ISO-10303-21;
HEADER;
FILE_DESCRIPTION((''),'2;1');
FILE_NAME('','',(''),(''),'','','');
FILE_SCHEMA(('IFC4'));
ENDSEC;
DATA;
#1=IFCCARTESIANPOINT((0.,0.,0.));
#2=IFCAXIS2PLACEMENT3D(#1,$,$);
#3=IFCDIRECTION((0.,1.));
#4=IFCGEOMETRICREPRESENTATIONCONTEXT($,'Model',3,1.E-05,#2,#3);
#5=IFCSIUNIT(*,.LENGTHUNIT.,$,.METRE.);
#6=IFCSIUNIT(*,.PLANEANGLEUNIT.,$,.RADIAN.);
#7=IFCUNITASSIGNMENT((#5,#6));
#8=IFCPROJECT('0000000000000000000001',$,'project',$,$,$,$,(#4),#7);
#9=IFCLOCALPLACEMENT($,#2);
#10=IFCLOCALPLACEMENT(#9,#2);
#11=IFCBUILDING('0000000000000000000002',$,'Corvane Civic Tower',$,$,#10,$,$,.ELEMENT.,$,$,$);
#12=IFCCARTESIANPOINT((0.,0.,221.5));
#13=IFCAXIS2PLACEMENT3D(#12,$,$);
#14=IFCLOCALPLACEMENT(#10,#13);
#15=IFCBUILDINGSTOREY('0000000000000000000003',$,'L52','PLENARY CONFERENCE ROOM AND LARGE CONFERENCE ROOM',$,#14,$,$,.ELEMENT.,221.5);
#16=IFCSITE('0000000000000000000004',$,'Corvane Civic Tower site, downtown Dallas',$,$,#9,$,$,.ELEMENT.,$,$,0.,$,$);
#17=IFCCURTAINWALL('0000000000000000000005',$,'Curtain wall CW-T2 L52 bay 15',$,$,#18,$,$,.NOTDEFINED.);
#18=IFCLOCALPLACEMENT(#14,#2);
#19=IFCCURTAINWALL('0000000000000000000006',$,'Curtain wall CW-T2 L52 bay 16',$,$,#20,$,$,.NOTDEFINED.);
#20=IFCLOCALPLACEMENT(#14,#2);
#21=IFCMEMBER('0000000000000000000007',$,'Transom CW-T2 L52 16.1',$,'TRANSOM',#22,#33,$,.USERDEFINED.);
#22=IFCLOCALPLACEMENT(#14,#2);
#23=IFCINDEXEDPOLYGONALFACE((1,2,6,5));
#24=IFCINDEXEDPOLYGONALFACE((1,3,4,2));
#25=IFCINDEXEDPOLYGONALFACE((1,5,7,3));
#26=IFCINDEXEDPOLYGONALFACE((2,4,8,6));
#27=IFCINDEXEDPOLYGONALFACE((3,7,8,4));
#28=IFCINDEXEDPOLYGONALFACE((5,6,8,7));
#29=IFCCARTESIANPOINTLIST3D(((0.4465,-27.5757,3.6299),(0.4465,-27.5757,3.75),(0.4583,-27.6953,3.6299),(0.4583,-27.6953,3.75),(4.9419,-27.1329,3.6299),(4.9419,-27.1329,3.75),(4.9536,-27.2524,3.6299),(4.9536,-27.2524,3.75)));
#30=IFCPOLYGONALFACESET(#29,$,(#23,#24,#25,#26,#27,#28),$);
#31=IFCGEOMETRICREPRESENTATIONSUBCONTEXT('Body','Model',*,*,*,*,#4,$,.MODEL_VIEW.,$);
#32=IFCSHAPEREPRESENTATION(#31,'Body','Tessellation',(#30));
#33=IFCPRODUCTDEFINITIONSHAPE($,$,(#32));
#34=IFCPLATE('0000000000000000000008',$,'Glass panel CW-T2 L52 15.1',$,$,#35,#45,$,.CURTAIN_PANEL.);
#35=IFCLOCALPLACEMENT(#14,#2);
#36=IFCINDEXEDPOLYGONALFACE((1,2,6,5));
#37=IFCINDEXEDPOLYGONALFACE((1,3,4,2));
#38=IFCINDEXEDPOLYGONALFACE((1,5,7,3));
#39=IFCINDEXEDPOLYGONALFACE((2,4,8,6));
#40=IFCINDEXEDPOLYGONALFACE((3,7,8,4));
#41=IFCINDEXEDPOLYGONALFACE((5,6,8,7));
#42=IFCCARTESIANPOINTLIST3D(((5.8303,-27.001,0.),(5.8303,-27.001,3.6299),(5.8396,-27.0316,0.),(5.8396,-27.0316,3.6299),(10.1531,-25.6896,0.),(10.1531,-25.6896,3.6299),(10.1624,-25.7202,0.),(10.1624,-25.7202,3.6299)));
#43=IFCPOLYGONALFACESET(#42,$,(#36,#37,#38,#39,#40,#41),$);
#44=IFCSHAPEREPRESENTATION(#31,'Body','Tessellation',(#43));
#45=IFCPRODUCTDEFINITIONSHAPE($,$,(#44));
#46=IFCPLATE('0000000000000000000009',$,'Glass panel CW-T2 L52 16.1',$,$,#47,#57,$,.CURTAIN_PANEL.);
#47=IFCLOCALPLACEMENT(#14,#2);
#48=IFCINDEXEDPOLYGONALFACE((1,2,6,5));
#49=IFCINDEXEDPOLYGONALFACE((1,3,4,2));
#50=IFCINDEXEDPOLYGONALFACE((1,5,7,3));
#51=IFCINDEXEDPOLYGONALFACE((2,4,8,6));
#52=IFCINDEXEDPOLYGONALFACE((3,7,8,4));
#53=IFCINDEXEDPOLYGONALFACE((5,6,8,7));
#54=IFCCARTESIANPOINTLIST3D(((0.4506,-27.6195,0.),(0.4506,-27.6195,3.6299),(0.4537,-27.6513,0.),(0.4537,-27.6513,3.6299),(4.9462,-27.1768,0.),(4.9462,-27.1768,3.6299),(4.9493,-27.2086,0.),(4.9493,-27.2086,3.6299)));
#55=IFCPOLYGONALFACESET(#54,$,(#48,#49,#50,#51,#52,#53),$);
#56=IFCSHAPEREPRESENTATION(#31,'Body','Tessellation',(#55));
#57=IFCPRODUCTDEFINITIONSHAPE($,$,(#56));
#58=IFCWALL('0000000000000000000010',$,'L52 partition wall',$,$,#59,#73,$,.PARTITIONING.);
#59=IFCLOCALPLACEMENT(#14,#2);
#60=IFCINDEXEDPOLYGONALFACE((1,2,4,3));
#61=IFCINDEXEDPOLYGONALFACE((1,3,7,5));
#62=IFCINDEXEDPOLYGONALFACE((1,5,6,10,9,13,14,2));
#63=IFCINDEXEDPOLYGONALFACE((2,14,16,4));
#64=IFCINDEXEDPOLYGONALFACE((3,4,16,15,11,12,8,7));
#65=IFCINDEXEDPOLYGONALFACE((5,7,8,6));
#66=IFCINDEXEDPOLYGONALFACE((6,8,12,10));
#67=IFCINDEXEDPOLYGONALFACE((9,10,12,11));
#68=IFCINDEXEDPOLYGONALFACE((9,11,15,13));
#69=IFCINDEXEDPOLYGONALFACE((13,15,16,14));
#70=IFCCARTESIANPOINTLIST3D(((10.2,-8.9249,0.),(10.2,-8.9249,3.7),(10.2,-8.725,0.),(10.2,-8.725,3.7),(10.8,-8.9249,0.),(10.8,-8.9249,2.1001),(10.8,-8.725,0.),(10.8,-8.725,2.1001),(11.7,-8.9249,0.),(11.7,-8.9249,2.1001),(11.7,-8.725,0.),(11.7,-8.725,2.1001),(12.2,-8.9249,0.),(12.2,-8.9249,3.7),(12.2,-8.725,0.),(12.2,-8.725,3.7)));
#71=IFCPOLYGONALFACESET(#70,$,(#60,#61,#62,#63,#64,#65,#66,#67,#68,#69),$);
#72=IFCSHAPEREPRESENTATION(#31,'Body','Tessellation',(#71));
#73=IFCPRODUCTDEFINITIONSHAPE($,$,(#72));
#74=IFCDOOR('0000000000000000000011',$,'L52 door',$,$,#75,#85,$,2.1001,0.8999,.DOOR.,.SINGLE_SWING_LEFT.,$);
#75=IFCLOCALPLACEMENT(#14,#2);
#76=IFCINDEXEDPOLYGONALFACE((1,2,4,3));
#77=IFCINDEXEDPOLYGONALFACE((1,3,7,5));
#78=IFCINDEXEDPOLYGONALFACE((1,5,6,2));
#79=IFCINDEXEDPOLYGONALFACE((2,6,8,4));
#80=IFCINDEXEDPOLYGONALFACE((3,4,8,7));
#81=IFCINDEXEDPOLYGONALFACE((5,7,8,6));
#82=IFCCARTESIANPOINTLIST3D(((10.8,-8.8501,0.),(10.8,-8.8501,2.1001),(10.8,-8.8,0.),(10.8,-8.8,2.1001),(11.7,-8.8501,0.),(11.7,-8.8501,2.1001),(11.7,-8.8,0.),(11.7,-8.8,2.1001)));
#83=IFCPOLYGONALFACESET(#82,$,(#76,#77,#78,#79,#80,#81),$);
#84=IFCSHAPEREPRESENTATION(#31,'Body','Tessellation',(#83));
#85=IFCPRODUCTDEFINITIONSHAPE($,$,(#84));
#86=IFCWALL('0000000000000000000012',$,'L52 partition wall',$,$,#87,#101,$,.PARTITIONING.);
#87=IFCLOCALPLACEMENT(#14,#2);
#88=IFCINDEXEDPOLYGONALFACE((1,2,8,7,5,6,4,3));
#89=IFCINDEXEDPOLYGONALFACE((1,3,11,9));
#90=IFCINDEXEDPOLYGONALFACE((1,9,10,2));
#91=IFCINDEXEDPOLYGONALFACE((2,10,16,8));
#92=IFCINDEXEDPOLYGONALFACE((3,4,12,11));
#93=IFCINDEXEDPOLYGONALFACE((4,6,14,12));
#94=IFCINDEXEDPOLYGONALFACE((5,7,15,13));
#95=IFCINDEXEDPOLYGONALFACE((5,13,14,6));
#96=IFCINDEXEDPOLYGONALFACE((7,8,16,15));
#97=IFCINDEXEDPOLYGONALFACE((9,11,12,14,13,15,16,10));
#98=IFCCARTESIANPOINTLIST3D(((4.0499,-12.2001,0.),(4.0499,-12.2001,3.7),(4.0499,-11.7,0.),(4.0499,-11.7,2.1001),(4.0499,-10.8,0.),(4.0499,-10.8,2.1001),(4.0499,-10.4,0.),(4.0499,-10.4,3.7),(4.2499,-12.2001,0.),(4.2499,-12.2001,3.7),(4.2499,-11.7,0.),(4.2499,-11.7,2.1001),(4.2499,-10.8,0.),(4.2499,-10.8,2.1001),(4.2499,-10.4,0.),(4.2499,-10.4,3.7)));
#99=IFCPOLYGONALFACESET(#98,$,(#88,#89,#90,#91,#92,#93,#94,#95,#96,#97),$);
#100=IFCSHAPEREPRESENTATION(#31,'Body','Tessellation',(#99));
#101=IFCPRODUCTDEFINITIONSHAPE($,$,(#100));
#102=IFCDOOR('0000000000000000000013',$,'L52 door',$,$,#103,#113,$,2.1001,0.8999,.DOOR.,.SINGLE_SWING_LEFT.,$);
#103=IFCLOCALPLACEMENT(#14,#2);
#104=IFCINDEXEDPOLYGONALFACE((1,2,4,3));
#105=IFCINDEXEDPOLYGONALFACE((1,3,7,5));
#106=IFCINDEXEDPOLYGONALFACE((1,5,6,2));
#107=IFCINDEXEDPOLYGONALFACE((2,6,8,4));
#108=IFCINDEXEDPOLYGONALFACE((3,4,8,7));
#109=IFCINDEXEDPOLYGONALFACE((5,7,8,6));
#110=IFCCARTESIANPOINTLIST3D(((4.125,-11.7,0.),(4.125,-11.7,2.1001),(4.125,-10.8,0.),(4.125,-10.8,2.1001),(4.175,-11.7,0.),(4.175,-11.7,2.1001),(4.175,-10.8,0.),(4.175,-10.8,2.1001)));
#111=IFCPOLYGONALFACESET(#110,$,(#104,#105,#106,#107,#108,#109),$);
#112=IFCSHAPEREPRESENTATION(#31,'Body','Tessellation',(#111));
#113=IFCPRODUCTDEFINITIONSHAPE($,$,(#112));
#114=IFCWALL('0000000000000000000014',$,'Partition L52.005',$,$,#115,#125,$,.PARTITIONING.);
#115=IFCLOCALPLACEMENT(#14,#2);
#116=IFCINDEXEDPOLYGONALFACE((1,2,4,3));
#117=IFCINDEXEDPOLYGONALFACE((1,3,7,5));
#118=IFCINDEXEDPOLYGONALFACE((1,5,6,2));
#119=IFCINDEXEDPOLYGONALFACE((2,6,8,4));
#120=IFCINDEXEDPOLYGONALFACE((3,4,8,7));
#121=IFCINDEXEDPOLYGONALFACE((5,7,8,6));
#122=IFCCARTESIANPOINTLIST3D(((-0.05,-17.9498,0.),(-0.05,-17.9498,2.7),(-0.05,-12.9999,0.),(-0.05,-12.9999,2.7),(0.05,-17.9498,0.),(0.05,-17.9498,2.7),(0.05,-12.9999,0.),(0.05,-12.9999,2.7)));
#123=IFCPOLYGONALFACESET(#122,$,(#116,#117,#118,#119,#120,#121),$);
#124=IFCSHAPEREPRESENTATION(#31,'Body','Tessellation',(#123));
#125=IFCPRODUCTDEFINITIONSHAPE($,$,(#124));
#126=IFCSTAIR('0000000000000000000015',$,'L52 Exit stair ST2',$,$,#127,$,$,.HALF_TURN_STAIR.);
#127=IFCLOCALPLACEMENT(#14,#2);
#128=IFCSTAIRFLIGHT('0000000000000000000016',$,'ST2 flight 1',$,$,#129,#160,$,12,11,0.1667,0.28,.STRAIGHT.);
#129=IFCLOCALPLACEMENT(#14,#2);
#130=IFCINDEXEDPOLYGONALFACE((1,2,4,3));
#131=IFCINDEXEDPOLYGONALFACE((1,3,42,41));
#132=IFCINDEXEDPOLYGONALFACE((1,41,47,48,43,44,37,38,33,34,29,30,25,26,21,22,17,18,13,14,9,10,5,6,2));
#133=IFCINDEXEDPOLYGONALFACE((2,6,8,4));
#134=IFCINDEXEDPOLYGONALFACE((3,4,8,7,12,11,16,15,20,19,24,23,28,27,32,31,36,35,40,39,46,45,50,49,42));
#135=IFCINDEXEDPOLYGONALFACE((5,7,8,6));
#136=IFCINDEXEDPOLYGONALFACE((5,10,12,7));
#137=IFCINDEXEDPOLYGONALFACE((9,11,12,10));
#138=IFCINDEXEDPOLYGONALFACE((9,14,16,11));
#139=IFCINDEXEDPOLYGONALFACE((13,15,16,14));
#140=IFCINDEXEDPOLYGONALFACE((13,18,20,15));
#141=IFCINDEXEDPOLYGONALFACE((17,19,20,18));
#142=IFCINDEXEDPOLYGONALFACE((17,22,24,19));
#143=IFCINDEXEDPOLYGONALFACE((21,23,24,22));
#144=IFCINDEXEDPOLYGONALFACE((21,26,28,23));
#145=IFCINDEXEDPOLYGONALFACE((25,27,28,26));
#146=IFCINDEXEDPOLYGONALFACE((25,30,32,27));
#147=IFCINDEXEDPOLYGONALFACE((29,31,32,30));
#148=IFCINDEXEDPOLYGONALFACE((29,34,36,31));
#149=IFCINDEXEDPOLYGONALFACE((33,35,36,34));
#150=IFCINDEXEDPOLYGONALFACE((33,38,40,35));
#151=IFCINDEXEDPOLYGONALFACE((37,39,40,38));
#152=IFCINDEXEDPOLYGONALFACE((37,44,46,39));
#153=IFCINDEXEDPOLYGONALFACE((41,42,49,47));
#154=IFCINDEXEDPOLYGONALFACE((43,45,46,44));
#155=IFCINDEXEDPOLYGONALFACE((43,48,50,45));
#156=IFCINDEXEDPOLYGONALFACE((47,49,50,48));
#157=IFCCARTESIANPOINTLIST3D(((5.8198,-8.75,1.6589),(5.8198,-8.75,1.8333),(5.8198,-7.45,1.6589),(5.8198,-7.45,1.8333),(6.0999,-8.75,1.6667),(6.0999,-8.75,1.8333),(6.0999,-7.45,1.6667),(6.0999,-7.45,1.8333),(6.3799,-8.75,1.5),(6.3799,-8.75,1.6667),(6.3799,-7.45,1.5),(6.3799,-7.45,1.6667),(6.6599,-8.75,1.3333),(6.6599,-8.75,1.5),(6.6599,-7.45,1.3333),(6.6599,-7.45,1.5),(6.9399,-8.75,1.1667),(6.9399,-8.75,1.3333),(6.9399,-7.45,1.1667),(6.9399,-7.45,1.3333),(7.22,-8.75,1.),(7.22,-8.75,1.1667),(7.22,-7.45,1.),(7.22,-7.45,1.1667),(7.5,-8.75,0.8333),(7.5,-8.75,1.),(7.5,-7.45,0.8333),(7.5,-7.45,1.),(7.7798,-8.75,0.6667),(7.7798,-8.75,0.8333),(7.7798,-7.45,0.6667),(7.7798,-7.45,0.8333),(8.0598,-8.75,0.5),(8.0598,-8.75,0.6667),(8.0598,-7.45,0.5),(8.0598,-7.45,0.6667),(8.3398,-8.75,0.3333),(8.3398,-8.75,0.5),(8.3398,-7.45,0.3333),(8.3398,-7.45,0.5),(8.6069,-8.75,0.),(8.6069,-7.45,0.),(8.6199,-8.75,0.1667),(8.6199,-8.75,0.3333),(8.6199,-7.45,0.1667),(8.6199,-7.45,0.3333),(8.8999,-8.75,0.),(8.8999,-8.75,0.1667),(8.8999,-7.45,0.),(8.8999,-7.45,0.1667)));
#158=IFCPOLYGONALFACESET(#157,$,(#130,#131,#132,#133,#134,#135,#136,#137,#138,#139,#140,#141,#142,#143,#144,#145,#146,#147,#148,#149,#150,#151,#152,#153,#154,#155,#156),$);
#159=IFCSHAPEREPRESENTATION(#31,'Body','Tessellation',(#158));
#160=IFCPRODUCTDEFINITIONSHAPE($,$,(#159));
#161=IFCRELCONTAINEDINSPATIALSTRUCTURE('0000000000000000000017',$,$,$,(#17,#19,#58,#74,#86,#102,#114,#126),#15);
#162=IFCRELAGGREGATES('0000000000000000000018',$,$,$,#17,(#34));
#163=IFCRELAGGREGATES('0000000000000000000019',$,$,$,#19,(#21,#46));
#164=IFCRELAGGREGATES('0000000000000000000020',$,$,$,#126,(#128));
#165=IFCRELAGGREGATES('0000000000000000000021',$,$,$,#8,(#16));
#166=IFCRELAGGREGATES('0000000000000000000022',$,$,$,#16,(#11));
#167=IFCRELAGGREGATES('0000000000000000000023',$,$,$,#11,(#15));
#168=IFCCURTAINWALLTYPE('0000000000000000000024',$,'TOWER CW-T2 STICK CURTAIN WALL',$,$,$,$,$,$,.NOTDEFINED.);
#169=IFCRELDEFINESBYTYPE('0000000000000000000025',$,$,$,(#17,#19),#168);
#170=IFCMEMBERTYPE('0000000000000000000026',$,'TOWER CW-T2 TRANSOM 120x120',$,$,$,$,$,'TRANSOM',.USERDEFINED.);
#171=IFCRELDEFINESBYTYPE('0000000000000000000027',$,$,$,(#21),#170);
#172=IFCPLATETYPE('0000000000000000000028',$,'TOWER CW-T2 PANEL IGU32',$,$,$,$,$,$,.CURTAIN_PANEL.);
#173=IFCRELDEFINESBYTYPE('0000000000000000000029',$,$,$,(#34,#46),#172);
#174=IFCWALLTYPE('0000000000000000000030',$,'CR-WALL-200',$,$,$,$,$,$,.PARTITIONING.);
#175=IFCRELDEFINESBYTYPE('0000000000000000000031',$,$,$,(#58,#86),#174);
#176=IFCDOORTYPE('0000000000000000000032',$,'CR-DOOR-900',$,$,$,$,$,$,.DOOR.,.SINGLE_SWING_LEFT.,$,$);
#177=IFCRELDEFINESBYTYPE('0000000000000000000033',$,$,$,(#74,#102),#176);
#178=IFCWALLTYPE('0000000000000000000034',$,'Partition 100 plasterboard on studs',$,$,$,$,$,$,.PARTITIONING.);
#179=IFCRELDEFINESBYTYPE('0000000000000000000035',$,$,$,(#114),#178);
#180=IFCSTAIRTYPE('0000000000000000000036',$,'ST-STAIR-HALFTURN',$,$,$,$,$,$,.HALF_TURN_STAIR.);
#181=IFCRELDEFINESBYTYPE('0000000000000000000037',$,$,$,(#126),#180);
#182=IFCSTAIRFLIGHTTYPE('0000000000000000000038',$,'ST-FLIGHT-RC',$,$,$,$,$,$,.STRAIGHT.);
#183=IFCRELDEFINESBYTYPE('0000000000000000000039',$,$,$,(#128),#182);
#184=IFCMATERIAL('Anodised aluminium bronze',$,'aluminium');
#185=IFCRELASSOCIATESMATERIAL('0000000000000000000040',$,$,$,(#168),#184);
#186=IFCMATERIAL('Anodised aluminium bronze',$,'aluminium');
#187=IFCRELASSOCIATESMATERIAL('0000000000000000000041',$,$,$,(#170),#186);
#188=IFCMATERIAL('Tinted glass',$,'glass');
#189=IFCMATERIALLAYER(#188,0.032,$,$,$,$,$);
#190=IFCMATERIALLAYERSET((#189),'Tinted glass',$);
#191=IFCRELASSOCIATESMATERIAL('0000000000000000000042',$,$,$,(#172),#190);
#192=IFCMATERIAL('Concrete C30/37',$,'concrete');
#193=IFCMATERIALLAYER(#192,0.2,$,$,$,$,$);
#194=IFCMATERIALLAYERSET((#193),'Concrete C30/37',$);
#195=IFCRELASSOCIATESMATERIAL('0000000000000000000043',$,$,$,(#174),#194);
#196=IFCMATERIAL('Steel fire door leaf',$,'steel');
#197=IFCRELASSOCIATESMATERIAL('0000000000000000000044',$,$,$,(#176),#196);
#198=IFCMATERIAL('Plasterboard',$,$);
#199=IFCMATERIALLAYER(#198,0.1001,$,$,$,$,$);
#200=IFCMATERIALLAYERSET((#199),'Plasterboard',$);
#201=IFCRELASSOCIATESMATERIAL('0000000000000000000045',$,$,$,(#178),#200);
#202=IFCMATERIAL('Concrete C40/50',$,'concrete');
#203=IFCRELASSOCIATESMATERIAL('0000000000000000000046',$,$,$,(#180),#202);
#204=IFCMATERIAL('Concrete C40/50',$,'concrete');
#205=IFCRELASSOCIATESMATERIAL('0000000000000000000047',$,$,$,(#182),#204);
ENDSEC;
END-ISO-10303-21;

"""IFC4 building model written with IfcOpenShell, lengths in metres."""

from ifc_helpers import new_model, si_unit, direction, frame, frame_2d, origin, origin_2d, place, context, subcontext, project, spatial, polyline, rectangle, outline, extrude, material, layer, layer_set, material_profile, profile_set, type_object, element, fill, aggregate, save


model = new_model("IFC4")

# Units and contexts
model_context = context("Model", 3, precision=1e-05, world=origin(), true_north=direction((0.0, 1.0)))
body_context = subcontext(model_context, "Body", "Model", "MODEL_VIEW")
ifc_project = project(units=[si_unit("LENGTHUNIT", "METRE"), si_unit("PLANEANGLEUNIT", "RADIAN")], contexts=[model_context])

# Site, building, storey
site_placement = place(None, origin())
site = spatial("IfcSite", under=ifc_project, at=site_placement, Name="Corvane Civic Tower site, downtown Dallas", CompositionType="ELEMENT", RefElevation=0.0)
building_placement = place(site_placement, origin())
building = spatial("IfcBuilding", under=site, at=building_placement, Name="Corvane Civic Tower", CompositionType="ELEMENT")
storey_placement = place(building_placement, frame((0.0, 0.0, 221.5)))
storey = spatial("IfcBuildingStorey", under=building, at=storey_placement, Name="L52", Description="PLENARY CONFERENCE ROOM AND LARGE CONFERENCE ROOM", CompositionType="ELEMENT", Elevation=221.5)

# Curtain walls, member
ifc_material_1 = material(Name="Anodised aluminium bronze", Category="aluminium")
curtain_wall_type = type_object("IfcCurtainWallType", Name="TOWER CW-T2 STICK CURTAIN WALL", PredefinedType="NOTDEFINED", material=ifc_material_1)
curtain_wall_1_placement = place(storey_placement, origin())
curtain_wall_1 = element("IfcCurtainWall", 1, at=curtain_wall_1_placement, inside=storey, type_object=curtain_wall_type, Name="Curtain wall CW-T2 L52 bay 15", PredefinedType="NOTDEFINED")
ifc_material_2 = material(Name="Anodised aluminium bronze", Category="aluminium")
ifc_material_profile_1 = material_profile(ifc_material_2, rectangle(XDim=0.1201, YDim=0.1201, at=origin_2d()), Name="TOWER CW-T2 TRANSOM 120x120")
ifc_profile_set_1 = profile_set([ifc_material_profile_1], Name="Anodised aluminium bronze")
member_type = type_object("IfcMemberType", Name="TOWER CW-T2 TRANSOM 120x120", ElementType="TRANSOM", PredefinedType="USERDEFINED", material=ifc_profile_set_1)
curtain_wall_2_placement = place(storey_placement, origin())
curtain_wall_2 = element("IfcCurtainWall", 2, at=curtain_wall_2_placement, inside=storey, type_object=curtain_wall_type, Name="Curtain wall CW-T2 L52 bay 16", PredefinedType="NOTDEFINED")
member_1_placement = place(storey_placement, frame((4.9478, -27.1926, 3.6899), z_axis=(-0.995182, -0.098043, 0.0), x_axis=(0.098043, -0.995182, 0.0)))
member_1 = element("IfcMember", 3, at=member_1_placement, type_object=member_type, Name="Transom CW-T2 L52 16.1", ObjectType="TRANSOM", PredefinedType="USERDEFINED", context=body_context, shape_type="SweptSolid", body=[
    extrude(rectangle(XDim=0.1201, YDim=0.1201, at=origin_2d()), origin(), (0.0, 0.0, 1.0), 4.5171),
])

# Plates
ifc_material_3 = material(Name="Tinted glass", Category="glass")
ifc_layer_1 = layer(ifc_material_3, 0.032)
ifc_layer_set_1 = layer_set([ifc_layer_1], Name="Tinted glass")
plate_type = type_object("IfcPlateType", Name="TOWER CW-T2 PANEL IGU32", PredefinedType="CURTAIN_PANEL", material=ifc_layer_set_1)
plate_1_placement = place(storey_placement, frame((7.9963, -26.3606, 0.0), z_axis=(0.0, 0.0, 1.0), x_axis=(-0.956939, -0.29029, 0.0)))
plate_1 = element("IfcPlate", 4, at=plate_1_placement, type_object=plate_type, Name="Glass panel CW-T2 L52 15.1", PredefinedType="CURTAIN_PANEL", context=body_context, shape_type="SweptSolid", body=[
    extrude(rectangle(XDim=4.5173, YDim=0.032, at=origin_2d()), origin(), (0.0, 0.0, 1.0), 3.6299),
])
aggregate(curtain_wall_1, [plate_1])
plate_2_placement = place(storey_placement, frame((2.7, -27.4141, 0.0), z_axis=(0.0, 0.0, 1.0), x_axis=(-0.995187, -0.097993, 0.0)))
plate_2 = element("IfcPlate", 5, at=plate_2_placement, type_object=plate_type, Name="Glass panel CW-T2 L52 16.1", PredefinedType="CURTAIN_PANEL", context=body_context, shape_type="SweptSolid", body=[
    extrude(rectangle(XDim=4.5173, YDim=0.032, at=origin_2d()), origin(), (0.0, 0.0, 1.0), 3.6299),
])
aggregate(curtain_wall_2, [member_1, plate_2])

# Walls, openings, doors
ifc_material_4 = material(Name="Concrete C30/37", Category="concrete")
ifc_layer_2 = layer(ifc_material_4, 0.2)
ifc_layer_set_2 = layer_set([ifc_layer_2], Name="Concrete C30/37")
wall_type_1 = type_object("IfcWallType", Name="CR-WALL-200", PredefinedType="PARTITIONING", material=ifc_layer_set_2)
wall_1_placement = place(storey_placement, frame((10.2, -8.825, 0.0), z_axis=(0.0, 0.0, 1.0), x_axis=(1.0, 0.0, 0.0)))
wall_1 = element("IfcWall", 6, at=wall_1_placement, inside=storey, type_object=wall_type_1, Name="L52 partition wall", PredefinedType="PARTITIONING", context=body_context, shape_type="SweptSolid", body=[
    extrude(rectangle(XDim=2.0, YDim=0.2, at=frame_2d((1.0, 0.0))), origin(), (0.0, 0.0, 1.0), 3.7),
])
opening_1_placement = place(wall_1_placement, frame((0.6001, 0.0, 0.0)))
opening_1 = element("IfcOpeningElement", 7, at=opening_1_placement, cuts=wall_1, PredefinedType="OPENING", context=body_context, shape_type="SweptSolid", body=[
    extrude(rectangle(XDim=0.8999, YDim=2.1001, at=frame_2d((0.45, 1.05))), frame((0.0, 0.1099, 0.0), z_axis=(0.0, -1.0, 0.0), x_axis=(1.0, 0.0, 0.0)), (0.0, 0.0, 1.0), 0.22),
])
ifc_material_5 = material(Name="Steel fire door leaf", Category="steel")
door_type = type_object("IfcDoorType", Name="CR-DOOR-900", OperationType="SINGLE_SWING_LEFT", PredefinedType="DOOR", material=ifc_material_5)
door_1_placement = place(opening_1_placement, origin())
door_1 = element("IfcDoor", 8, at=door_1_placement, inside=storey, type_object=door_type, Name="L52 door", OperationType="SINGLE_SWING_LEFT", OverallHeight=2.1001, OverallWidth=0.8999, PredefinedType="DOOR", context=body_context, shape_type="SweptSolid", body=[
    extrude(rectangle(XDim=0.8999, YDim=2.1001, at=frame_2d((0.45, 1.05))), frame((0.0, 0.0249, 0.0), z_axis=(0.0, -1.0, 0.0), x_axis=(1.0, 0.0, 0.0)), (0.0, 0.0, 1.0), 0.05),
])
fill(opening_1, door_1)
wall_2_placement = place(storey_placement, frame((4.1499, -12.2, 0.0), z_axis=(0.0, 0.0, 1.0), x_axis=(0.0, 1.0, 0.0)))
wall_2 = element("IfcWall", 9, at=wall_2_placement, inside=storey, type_object=wall_type_1, Name="L52 partition wall", PredefinedType="PARTITIONING", context=body_context, shape_type="SweptSolid", body=[
    extrude(rectangle(XDim=1.8, YDim=0.2, at=frame_2d((0.8999, 0.0))), origin(), (0.0, 0.0, 1.0), 3.7),
])
opening_2_placement = place(wall_2_placement, frame((0.5, 0.0, 0.0)))
opening_2 = element("IfcOpeningElement", 10, at=opening_2_placement, cuts=wall_2, PredefinedType="OPENING", context=body_context, shape_type="SweptSolid", body=[
    extrude(rectangle(XDim=0.8999, YDim=2.1001, at=frame_2d((0.45, 1.05))), frame((0.0, 0.1099, 0.0), z_axis=(0.0, -1.0, 0.0), x_axis=(1.0, 0.0, 0.0)), (0.0, 0.0, 1.0), 0.22),
])
door_2_placement = place(opening_2_placement, origin())
door_2 = element("IfcDoor", 11, at=door_2_placement, inside=storey, type_object=door_type, Name="L52 door", OperationType="SINGLE_SWING_LEFT", OverallHeight=2.1001, OverallWidth=0.8999, PredefinedType="DOOR", context=body_context, shape_type="SweptSolid", body=[
    extrude(rectangle(XDim=0.8999, YDim=2.1001, at=frame_2d((0.45, 1.05))), frame((0.0, 0.0249, 0.0), z_axis=(0.0, -1.0, 0.0), x_axis=(1.0, 0.0, 0.0)), (0.0, 0.0, 1.0), 0.05),
])
fill(opening_2, door_2)

# Wall
ifc_material_6 = material(Name="Plasterboard")
ifc_layer_3 = layer(ifc_material_6, 0.1001)
ifc_layer_set_3 = layer_set([ifc_layer_3], Name="Plasterboard")
wall_type_2 = type_object("IfcWallType", Name="Partition 100 plasterboard on studs", PredefinedType="PARTITIONING", material=ifc_layer_set_3)
wall_3_placement = place(storey_placement, frame((0.0, -17.95, 0.0), z_axis=(0.0, 0.0, 1.0), x_axis=(0.0, 1.0, 0.0)))
element("IfcWall", 12, at=wall_3_placement, inside=storey, type_object=wall_type_2, Name="Partition L52.005", PredefinedType="PARTITIONING", context=body_context, shape_type="SweptSolid", body=[
    extrude(rectangle(XDim=4.95, YDim=0.1001, at=frame_2d((2.4751, 0.0))), origin(), (0.0, 0.0, 1.0), 2.7),
])

# Stair, stair flight
ifc_material_7 = material(Name="Concrete C40/50", Category="concrete")
stair_type = type_object("IfcStairType", Name="ST-STAIR-HALFTURN", PredefinedType="HALF_TURN_STAIR", material=ifc_material_7)
stair_placement = place(storey_placement, origin())
stair = element("IfcStair", 13, at=stair_placement, inside=storey, type_object=stair_type, Name="L52 Exit stair ST2", PredefinedType="HALF_TURN_STAIR")
ifc_material_8 = material(Name="Concrete C40/50", Category="concrete")
stair_flight_type = type_object("IfcStairFlightType", Name="ST-FLIGHT-RC", PredefinedType="STRAIGHT", material=ifc_material_8)
stair_flight_1_placement = place(storey_placement, frame((8.8999, -8.1001, 0.0), z_axis=(0.0, 0.0, 1.0), x_axis=(-1.0, 0.0, 0.0)))
stair_flight_1 = element("IfcStairFlight", 14, at=stair_flight_1_placement, type_object=stair_flight_type, Name="ST2 flight 1", NumberOfRisers=12, NumberOfTreads=11, PredefinedType="STRAIGHT", RiserHeight=0.1667, TreadLength=0.28, context=body_context, shape_type="SweptSolid", body=[
    extrude(outline(polyline([(0.0, 0.0), (0.0, 0.1667), (0.28, 0.1667), (0.28, 0.3333), (0.5601, 0.3333), (0.5601, 0.5), (0.8401, 0.5), (0.8401, 0.6667), (1.1201, 0.6667), (1.1201, 0.8333), (1.3999, 0.8333), (1.3999, 1.0), (1.6799, 1.0), (1.6799, 1.1667), (1.96, 1.1667), (1.96, 1.3333), (2.24, 1.3333), (2.24, 1.5), (2.52, 1.5), (2.52, 1.6667), (2.8, 1.6667), (2.8, 1.8333), (3.0801, 1.8333), (3.0801, 2.0), (3.0801, 1.6589), (0.293, 0.0), (0.0, 0.0)])), frame((0.0, 0.6499, 0.0), z_axis=(0.0, -1.0, 0.0), x_axis=(1.0, 0.0, 0.0)), (0.0, 0.0, 1.0), 1.3),
])
aggregate(stair, [stair_flight_1])

save(model, "model.ifc")
